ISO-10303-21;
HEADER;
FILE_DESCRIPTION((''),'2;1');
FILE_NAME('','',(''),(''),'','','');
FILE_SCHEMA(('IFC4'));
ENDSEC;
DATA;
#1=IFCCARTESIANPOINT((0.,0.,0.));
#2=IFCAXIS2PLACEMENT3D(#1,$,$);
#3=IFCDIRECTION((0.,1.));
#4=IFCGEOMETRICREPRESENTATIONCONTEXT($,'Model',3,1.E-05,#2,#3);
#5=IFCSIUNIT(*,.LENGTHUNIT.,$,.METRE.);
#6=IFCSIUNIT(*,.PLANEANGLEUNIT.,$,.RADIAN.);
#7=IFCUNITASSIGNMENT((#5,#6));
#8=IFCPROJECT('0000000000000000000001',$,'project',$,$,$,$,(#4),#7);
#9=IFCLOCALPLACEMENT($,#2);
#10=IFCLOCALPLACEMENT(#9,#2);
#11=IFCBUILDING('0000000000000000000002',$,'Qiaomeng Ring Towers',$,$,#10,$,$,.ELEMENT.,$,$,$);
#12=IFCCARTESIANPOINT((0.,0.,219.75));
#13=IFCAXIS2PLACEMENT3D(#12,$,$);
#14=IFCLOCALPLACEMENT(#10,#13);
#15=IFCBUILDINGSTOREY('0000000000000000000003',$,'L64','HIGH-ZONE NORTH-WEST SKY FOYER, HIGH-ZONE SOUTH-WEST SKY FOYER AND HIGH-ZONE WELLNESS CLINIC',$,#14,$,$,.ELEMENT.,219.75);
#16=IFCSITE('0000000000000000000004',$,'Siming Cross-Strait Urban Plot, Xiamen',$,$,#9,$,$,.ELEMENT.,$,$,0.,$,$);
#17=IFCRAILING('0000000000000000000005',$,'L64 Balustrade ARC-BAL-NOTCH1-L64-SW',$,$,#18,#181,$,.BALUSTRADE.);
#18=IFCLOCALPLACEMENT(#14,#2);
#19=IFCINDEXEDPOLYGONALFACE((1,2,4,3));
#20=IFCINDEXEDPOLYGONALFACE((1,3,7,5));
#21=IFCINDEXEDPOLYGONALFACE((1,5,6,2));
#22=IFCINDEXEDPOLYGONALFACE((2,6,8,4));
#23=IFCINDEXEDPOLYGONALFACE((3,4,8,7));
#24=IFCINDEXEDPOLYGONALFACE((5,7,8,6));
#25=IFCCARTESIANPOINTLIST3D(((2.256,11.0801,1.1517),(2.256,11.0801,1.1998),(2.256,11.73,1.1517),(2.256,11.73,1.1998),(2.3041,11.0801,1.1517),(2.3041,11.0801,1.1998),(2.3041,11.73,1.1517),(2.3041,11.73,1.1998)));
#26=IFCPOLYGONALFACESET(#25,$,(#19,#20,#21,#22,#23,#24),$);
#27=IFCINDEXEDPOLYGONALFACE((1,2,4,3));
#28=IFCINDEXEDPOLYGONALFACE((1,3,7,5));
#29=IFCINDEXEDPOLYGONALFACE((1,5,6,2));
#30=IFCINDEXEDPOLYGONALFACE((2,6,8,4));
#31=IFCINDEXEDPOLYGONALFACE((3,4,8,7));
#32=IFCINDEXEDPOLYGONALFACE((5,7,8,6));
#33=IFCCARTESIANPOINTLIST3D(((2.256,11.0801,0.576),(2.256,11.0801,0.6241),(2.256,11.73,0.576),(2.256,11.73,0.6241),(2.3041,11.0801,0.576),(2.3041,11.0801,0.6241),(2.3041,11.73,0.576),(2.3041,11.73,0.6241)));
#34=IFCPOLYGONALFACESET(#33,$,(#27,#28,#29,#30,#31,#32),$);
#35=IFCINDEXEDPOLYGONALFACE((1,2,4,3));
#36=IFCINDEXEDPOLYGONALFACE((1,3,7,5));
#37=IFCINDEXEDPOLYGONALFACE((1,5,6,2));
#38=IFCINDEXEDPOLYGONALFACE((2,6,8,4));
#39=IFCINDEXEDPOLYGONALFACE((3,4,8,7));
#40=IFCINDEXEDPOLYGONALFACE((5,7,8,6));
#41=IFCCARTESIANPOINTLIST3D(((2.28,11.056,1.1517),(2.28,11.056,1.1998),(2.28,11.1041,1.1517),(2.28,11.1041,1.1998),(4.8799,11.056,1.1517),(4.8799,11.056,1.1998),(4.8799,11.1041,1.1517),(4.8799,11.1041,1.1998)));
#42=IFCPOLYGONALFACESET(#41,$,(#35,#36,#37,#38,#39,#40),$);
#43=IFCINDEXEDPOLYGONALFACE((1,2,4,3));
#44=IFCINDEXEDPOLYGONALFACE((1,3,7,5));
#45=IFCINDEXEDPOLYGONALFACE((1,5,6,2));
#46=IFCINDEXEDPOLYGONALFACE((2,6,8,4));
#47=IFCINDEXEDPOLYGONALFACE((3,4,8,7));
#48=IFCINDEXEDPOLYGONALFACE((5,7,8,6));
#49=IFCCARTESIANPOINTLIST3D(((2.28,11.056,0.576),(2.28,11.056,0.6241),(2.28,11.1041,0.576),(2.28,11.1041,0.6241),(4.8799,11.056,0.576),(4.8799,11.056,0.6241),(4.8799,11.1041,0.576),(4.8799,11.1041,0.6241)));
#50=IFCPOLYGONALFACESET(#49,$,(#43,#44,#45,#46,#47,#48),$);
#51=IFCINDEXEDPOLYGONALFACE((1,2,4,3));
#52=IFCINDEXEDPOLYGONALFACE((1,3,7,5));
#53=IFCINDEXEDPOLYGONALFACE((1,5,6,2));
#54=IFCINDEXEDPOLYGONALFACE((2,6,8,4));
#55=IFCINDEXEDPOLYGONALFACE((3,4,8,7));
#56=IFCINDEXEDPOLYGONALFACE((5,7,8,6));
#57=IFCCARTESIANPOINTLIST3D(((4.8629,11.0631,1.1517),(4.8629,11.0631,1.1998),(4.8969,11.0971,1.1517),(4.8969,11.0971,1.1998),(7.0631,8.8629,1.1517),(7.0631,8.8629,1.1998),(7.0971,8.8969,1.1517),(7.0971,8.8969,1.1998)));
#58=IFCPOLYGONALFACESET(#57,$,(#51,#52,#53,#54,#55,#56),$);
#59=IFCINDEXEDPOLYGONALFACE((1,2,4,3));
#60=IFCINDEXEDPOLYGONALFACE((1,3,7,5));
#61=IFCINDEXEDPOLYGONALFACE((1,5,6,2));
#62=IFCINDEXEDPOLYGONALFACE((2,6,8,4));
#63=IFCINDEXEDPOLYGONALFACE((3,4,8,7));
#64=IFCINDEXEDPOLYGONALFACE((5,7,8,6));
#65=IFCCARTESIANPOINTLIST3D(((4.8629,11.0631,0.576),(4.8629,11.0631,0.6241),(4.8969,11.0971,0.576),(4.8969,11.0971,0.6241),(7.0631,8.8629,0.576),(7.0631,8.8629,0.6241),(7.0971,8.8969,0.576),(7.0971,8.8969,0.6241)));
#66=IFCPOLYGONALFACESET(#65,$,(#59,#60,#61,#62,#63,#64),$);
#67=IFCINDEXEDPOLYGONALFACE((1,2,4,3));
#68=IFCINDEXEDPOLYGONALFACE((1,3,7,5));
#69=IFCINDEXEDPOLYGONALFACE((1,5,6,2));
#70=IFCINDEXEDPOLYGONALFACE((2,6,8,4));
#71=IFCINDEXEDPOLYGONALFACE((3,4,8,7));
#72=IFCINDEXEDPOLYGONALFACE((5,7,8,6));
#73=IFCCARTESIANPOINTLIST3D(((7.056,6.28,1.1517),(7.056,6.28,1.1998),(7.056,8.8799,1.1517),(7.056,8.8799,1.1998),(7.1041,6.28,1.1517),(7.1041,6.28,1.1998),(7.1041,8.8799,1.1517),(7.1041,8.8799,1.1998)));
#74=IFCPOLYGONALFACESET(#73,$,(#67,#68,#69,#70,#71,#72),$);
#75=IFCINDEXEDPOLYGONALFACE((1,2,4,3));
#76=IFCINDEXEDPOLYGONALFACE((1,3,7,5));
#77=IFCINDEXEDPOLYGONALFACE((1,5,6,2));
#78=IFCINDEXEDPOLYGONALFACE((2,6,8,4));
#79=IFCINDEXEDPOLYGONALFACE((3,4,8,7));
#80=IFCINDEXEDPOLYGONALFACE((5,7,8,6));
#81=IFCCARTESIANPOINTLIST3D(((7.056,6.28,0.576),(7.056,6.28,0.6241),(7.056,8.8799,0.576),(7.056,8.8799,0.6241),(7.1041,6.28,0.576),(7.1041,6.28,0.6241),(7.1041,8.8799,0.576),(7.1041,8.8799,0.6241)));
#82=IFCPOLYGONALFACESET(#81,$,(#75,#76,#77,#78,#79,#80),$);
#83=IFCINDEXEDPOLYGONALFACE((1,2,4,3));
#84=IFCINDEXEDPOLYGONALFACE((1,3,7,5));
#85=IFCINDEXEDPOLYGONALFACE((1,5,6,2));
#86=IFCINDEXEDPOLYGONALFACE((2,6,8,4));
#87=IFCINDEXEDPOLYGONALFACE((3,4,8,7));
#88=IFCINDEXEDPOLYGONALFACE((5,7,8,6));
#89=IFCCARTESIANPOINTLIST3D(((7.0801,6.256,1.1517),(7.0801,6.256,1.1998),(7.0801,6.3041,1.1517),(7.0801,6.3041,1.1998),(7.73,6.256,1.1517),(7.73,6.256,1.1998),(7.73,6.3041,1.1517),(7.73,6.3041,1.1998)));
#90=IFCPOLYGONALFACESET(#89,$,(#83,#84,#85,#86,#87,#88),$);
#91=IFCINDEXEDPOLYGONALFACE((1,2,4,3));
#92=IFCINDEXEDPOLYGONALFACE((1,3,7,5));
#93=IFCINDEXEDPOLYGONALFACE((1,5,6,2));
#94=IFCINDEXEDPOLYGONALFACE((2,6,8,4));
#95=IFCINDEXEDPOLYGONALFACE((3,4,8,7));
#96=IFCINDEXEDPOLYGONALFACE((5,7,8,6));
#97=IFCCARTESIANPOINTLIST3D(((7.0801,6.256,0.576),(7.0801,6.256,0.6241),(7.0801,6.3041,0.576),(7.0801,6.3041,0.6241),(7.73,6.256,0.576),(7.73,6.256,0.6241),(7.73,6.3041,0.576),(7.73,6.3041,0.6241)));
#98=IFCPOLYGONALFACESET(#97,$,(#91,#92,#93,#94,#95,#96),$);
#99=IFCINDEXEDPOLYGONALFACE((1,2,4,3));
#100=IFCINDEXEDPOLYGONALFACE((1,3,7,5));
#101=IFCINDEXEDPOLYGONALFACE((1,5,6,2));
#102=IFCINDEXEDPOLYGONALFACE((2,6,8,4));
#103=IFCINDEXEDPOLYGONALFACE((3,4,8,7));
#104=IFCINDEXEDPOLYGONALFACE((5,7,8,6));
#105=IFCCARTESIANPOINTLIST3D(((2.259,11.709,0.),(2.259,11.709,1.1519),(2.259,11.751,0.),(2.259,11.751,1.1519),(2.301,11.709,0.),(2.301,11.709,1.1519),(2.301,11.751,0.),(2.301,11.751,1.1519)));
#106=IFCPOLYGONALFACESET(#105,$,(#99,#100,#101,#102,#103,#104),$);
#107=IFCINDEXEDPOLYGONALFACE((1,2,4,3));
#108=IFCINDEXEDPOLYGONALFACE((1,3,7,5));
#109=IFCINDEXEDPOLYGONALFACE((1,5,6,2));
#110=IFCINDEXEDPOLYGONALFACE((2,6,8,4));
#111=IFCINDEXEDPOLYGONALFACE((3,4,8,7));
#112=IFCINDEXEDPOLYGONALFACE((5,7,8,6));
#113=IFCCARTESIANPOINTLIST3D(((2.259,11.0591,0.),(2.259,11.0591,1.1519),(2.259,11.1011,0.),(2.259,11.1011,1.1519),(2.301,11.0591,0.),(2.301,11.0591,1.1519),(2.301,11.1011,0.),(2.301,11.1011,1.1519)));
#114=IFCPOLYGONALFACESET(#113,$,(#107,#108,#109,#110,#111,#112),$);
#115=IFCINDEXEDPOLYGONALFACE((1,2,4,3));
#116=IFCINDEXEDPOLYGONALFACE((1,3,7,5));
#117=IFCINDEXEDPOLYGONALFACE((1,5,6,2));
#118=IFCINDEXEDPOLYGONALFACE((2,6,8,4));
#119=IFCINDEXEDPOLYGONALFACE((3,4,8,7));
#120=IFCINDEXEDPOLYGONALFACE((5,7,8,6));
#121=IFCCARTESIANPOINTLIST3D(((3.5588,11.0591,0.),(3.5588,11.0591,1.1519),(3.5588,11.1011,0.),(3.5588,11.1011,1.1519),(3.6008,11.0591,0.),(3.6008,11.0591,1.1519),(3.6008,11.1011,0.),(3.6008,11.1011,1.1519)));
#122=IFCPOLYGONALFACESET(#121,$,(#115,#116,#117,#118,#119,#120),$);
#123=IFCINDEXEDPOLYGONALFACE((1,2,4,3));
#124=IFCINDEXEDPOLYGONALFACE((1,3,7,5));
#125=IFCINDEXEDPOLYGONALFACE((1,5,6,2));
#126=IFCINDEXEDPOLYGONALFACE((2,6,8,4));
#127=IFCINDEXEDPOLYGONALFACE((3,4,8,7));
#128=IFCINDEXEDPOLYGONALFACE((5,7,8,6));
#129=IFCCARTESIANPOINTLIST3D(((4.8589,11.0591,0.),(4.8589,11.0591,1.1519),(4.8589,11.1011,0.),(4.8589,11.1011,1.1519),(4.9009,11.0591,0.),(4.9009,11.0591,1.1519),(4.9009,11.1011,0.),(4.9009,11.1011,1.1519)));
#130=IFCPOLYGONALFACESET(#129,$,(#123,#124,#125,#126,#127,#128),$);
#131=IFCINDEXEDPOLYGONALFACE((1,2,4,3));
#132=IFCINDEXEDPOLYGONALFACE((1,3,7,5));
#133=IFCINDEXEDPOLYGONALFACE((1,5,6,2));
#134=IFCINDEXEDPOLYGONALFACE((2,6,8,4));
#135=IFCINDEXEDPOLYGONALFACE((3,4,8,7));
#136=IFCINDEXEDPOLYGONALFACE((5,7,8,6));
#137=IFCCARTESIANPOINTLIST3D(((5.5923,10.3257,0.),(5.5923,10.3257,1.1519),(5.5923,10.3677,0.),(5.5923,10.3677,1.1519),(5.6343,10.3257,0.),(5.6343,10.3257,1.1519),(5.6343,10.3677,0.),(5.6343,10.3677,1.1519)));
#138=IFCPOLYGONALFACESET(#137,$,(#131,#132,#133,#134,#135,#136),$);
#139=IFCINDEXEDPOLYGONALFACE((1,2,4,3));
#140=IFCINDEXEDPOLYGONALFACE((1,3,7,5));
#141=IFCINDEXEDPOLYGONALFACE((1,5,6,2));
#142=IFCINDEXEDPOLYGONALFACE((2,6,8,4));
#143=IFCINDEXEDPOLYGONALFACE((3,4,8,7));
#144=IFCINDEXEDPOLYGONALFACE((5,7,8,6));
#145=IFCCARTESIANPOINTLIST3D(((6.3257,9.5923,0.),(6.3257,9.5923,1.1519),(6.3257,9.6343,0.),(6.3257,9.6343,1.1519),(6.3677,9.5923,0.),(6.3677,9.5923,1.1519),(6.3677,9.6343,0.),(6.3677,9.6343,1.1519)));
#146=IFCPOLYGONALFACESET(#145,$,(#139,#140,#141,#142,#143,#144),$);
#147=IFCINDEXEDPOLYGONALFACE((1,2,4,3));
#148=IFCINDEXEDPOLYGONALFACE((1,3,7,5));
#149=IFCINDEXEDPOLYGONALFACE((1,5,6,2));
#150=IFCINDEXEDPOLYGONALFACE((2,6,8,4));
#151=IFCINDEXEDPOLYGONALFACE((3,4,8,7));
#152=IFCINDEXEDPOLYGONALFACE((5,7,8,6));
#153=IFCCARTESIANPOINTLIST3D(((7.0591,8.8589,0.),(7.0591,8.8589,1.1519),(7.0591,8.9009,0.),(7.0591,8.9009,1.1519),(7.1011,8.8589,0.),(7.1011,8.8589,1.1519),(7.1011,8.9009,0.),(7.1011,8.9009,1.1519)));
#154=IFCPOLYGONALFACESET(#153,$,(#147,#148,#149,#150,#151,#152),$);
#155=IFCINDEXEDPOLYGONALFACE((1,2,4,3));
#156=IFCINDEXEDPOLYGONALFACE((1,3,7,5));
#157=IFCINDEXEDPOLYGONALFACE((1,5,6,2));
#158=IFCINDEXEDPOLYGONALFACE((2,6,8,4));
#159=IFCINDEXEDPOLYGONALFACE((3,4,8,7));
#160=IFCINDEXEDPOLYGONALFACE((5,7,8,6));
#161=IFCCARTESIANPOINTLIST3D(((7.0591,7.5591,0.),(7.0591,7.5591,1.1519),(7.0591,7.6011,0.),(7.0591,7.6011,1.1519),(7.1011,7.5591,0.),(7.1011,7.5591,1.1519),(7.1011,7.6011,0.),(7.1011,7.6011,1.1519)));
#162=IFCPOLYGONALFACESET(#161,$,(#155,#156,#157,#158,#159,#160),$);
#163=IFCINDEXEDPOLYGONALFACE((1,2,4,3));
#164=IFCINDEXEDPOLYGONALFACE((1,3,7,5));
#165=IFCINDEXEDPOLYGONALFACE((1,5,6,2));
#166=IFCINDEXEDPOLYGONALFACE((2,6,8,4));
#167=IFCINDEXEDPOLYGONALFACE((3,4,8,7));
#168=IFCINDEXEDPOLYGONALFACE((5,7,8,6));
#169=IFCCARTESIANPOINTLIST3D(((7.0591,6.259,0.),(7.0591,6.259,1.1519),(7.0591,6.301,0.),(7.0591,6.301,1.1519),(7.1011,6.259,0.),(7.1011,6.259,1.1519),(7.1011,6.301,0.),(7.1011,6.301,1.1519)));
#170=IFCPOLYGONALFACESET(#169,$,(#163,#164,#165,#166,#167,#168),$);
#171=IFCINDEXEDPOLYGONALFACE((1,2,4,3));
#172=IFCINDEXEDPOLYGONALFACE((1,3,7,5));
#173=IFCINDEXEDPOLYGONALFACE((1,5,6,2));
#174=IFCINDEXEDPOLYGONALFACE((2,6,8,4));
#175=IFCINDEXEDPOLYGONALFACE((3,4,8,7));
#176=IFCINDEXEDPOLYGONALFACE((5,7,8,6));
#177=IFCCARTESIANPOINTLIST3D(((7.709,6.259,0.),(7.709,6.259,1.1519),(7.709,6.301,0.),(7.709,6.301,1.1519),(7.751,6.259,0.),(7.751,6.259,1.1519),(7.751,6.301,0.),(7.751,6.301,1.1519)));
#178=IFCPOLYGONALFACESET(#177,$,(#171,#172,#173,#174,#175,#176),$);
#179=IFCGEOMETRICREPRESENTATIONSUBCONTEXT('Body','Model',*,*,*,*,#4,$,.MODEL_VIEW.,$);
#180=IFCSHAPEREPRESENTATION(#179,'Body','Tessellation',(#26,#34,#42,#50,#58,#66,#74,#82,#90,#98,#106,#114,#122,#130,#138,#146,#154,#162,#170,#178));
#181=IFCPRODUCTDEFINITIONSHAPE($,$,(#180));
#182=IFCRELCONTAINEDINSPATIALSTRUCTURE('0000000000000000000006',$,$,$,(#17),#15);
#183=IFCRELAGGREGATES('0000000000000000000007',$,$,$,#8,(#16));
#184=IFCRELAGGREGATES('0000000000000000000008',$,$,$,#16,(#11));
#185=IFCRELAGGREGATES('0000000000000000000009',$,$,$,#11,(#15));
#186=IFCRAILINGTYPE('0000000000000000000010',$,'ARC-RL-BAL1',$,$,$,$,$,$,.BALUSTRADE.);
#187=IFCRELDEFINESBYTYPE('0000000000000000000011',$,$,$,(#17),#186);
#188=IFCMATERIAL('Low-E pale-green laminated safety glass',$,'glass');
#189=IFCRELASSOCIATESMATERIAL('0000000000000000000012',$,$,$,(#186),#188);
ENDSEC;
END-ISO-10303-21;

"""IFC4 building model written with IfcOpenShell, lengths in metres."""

from ifc_helpers import new_model, si_unit, direction, frame, origin, origin_2d, place, context, subcontext, project, spatial, rectangle, extrude, material, type_object, element, save


model = new_model("IFC4")

# Units and contexts
model_context = context("Model", 3, precision=1e-05, world=origin(), true_north=direction((0.0, 1.0)))
body_context = subcontext(model_context, "Body", "Model", "MODEL_VIEW")
ifc_project = project(units=[si_unit("LENGTHUNIT", "METRE"), si_unit("PLANEANGLEUNIT", "RADIAN")], contexts=[model_context])

# Site, building, storey
site_placement = place(None, origin())
site = spatial("IfcSite", under=ifc_project, at=site_placement, Name="Siming Cross-Strait Urban Plot, Xiamen", CompositionType="ELEMENT", RefElevation=0.0)
building_placement = place(site_placement, origin())
building = spatial("IfcBuilding", under=site, at=building_placement, Name="Qiaomeng Ring Towers", CompositionType="ELEMENT")
storey_placement = place(building_placement, frame((0.0, 0.0, 219.75)))
storey = spatial("IfcBuildingStorey", under=building, at=storey_placement, Name="L64", Description="HIGH-ZONE NORTH-WEST SKY FOYER, HIGH-ZONE SOUTH-WEST SKY FOYER AND HIGH-ZONE WELLNESS CLINIC", CompositionType="ELEMENT", Elevation=219.75)

# Railing
ifc_material_1 = material(Name="Low-E pale-green laminated safety glass", Category="glass")
railing_type = type_object("IfcRailingType", Name="ARC-RL-BAL1", PredefinedType="BALUSTRADE", material=ifc_material_1)
railing_placement = place(storey_placement, frame((2.28, 11.73, 0.0)))
element("IfcRailing", 1, at=railing_placement, inside=storey, type_object=railing_type, Name="L64 Balustrade ARC-BAL-NOTCH1-L64-SW", PredefinedType="BALUSTRADE", context=body_context, shape_type="SweptSolid", body=[
    extrude(rectangle(XDim=0.0481, YDim=0.0481, at=origin_2d()), frame((0.0, 0.0, 1.1758), z_axis=(0.0, -1.0, 0.0), x_axis=(1.0, 0.0, 0.0)), (0.0, 0.0, 1.0), 0.6499),
    extrude(rectangle(XDim=0.0481, YDim=0.0481, at=origin_2d()), frame((0.0, 0.0, 0.6001), z_axis=(0.0, -1.0, 0.0), x_axis=(1.0, 0.0, 0.0)), (0.0, 0.0, 1.0), 0.6499),
    extrude(rectangle(XDim=0.0481, YDim=0.0481, at=origin_2d()), frame((0.0, -0.6499, 1.1758), z_axis=(1.0, 0.0, 0.0), x_axis=(0.0, 1.0, 0.0)), (0.0, 0.0, 1.0), 2.5999),
    extrude(rectangle(XDim=0.0481, YDim=0.0481, at=origin_2d()), frame((0.0, -0.6499, 0.6001), z_axis=(1.0, 0.0, 0.0), x_axis=(0.0, 1.0, 0.0)), (0.0, 0.0, 1.0), 2.5999),
    extrude(rectangle(XDim=0.0481, YDim=0.0481, at=origin_2d()), frame((2.5999, -0.6499, 1.1758), z_axis=(0.707107, -0.707107, 0.0), x_axis=(0.707107, 0.707107, 0.0)), (0.0, 0.0, 1.0), 3.1116),
    extrude(rectangle(XDim=0.0481, YDim=0.0481, at=origin_2d()), frame((2.5999, -0.6499, 0.6001), z_axis=(0.707107, -0.707107, 0.0), x_axis=(0.707107, 0.707107, 0.0)), (0.0, 0.0, 1.0), 3.1116),
    extrude(rectangle(XDim=0.0481, YDim=0.0481, at=origin_2d()), frame((4.8, -2.8501, 1.1758), z_axis=(0.0, -1.0, 0.0), x_axis=(1.0, 0.0, 0.0)), (0.0, 0.0, 1.0), 2.5999),
    extrude(rectangle(XDim=0.0481, YDim=0.0481, at=origin_2d()), frame((4.8, -2.8501, 0.6001), z_axis=(0.0, -1.0, 0.0), x_axis=(1.0, 0.0, 0.0)), (0.0, 0.0, 1.0), 2.5999),
    extrude(rectangle(XDim=0.0481, YDim=0.0481, at=origin_2d()), frame((4.8, -5.45, 1.1758), z_axis=(1.0, 0.0, 0.0), x_axis=(0.0, 1.0, 0.0)), (0.0, 0.0, 1.0), 0.6499),
    extrude(rectangle(XDim=0.0481, YDim=0.0481, at=origin_2d()), frame((4.8, -5.45, 0.6001), z_axis=(1.0, 0.0, 0.0), x_axis=(0.0, 1.0, 0.0)), (0.0, 0.0, 1.0), 0.6499),
    extrude(rectangle(XDim=0.042, YDim=0.042, at=origin_2d()), origin(), (0.0, 0.0, 1.0), 1.1519),
    extrude(rectangle(XDim=0.042, YDim=0.042, at=origin_2d()), frame((0.0, -0.6499, 0.0)), (0.0, 0.0, 1.0), 1.1519),
    extrude(rectangle(XDim=0.042, YDim=0.042, at=origin_2d()), frame((1.2998, -0.6499, 0.0)), (0.0, 0.0, 1.0), 1.1519),
    extrude(rectangle(XDim=0.042, YDim=0.042, at=origin_2d()), frame((2.5999, -0.6499, 0.0)), (0.0, 0.0, 1.0), 1.1519),
    extrude(rectangle(XDim=0.042, YDim=0.042, at=origin_2d()), frame((3.3333, -1.3833, 0.0)), (0.0, 0.0, 1.0), 1.1519),
    extrude(rectangle(XDim=0.042, YDim=0.042, at=origin_2d()), frame((4.0667, -2.1167, 0.0)), (0.0, 0.0, 1.0), 1.1519),
    extrude(rectangle(XDim=0.042, YDim=0.042, at=origin_2d()), frame((4.8, -2.8501, 0.0)), (0.0, 0.0, 1.0), 1.1519),
    extrude(rectangle(XDim=0.042, YDim=0.042, at=origin_2d()), frame((4.8, -4.1499, 0.0)), (0.0, 0.0, 1.0), 1.1519),
    extrude(rectangle(XDim=0.042, YDim=0.042, at=origin_2d()), frame((4.8, -5.45, 0.0)), (0.0, 0.0, 1.0), 1.1519),
    extrude(rectangle(XDim=0.042, YDim=0.042, at=origin_2d()), frame((5.45, -5.45, 0.0)), (0.0, 0.0, 1.0), 1.1519),
])

save(model, "model.ifc")
